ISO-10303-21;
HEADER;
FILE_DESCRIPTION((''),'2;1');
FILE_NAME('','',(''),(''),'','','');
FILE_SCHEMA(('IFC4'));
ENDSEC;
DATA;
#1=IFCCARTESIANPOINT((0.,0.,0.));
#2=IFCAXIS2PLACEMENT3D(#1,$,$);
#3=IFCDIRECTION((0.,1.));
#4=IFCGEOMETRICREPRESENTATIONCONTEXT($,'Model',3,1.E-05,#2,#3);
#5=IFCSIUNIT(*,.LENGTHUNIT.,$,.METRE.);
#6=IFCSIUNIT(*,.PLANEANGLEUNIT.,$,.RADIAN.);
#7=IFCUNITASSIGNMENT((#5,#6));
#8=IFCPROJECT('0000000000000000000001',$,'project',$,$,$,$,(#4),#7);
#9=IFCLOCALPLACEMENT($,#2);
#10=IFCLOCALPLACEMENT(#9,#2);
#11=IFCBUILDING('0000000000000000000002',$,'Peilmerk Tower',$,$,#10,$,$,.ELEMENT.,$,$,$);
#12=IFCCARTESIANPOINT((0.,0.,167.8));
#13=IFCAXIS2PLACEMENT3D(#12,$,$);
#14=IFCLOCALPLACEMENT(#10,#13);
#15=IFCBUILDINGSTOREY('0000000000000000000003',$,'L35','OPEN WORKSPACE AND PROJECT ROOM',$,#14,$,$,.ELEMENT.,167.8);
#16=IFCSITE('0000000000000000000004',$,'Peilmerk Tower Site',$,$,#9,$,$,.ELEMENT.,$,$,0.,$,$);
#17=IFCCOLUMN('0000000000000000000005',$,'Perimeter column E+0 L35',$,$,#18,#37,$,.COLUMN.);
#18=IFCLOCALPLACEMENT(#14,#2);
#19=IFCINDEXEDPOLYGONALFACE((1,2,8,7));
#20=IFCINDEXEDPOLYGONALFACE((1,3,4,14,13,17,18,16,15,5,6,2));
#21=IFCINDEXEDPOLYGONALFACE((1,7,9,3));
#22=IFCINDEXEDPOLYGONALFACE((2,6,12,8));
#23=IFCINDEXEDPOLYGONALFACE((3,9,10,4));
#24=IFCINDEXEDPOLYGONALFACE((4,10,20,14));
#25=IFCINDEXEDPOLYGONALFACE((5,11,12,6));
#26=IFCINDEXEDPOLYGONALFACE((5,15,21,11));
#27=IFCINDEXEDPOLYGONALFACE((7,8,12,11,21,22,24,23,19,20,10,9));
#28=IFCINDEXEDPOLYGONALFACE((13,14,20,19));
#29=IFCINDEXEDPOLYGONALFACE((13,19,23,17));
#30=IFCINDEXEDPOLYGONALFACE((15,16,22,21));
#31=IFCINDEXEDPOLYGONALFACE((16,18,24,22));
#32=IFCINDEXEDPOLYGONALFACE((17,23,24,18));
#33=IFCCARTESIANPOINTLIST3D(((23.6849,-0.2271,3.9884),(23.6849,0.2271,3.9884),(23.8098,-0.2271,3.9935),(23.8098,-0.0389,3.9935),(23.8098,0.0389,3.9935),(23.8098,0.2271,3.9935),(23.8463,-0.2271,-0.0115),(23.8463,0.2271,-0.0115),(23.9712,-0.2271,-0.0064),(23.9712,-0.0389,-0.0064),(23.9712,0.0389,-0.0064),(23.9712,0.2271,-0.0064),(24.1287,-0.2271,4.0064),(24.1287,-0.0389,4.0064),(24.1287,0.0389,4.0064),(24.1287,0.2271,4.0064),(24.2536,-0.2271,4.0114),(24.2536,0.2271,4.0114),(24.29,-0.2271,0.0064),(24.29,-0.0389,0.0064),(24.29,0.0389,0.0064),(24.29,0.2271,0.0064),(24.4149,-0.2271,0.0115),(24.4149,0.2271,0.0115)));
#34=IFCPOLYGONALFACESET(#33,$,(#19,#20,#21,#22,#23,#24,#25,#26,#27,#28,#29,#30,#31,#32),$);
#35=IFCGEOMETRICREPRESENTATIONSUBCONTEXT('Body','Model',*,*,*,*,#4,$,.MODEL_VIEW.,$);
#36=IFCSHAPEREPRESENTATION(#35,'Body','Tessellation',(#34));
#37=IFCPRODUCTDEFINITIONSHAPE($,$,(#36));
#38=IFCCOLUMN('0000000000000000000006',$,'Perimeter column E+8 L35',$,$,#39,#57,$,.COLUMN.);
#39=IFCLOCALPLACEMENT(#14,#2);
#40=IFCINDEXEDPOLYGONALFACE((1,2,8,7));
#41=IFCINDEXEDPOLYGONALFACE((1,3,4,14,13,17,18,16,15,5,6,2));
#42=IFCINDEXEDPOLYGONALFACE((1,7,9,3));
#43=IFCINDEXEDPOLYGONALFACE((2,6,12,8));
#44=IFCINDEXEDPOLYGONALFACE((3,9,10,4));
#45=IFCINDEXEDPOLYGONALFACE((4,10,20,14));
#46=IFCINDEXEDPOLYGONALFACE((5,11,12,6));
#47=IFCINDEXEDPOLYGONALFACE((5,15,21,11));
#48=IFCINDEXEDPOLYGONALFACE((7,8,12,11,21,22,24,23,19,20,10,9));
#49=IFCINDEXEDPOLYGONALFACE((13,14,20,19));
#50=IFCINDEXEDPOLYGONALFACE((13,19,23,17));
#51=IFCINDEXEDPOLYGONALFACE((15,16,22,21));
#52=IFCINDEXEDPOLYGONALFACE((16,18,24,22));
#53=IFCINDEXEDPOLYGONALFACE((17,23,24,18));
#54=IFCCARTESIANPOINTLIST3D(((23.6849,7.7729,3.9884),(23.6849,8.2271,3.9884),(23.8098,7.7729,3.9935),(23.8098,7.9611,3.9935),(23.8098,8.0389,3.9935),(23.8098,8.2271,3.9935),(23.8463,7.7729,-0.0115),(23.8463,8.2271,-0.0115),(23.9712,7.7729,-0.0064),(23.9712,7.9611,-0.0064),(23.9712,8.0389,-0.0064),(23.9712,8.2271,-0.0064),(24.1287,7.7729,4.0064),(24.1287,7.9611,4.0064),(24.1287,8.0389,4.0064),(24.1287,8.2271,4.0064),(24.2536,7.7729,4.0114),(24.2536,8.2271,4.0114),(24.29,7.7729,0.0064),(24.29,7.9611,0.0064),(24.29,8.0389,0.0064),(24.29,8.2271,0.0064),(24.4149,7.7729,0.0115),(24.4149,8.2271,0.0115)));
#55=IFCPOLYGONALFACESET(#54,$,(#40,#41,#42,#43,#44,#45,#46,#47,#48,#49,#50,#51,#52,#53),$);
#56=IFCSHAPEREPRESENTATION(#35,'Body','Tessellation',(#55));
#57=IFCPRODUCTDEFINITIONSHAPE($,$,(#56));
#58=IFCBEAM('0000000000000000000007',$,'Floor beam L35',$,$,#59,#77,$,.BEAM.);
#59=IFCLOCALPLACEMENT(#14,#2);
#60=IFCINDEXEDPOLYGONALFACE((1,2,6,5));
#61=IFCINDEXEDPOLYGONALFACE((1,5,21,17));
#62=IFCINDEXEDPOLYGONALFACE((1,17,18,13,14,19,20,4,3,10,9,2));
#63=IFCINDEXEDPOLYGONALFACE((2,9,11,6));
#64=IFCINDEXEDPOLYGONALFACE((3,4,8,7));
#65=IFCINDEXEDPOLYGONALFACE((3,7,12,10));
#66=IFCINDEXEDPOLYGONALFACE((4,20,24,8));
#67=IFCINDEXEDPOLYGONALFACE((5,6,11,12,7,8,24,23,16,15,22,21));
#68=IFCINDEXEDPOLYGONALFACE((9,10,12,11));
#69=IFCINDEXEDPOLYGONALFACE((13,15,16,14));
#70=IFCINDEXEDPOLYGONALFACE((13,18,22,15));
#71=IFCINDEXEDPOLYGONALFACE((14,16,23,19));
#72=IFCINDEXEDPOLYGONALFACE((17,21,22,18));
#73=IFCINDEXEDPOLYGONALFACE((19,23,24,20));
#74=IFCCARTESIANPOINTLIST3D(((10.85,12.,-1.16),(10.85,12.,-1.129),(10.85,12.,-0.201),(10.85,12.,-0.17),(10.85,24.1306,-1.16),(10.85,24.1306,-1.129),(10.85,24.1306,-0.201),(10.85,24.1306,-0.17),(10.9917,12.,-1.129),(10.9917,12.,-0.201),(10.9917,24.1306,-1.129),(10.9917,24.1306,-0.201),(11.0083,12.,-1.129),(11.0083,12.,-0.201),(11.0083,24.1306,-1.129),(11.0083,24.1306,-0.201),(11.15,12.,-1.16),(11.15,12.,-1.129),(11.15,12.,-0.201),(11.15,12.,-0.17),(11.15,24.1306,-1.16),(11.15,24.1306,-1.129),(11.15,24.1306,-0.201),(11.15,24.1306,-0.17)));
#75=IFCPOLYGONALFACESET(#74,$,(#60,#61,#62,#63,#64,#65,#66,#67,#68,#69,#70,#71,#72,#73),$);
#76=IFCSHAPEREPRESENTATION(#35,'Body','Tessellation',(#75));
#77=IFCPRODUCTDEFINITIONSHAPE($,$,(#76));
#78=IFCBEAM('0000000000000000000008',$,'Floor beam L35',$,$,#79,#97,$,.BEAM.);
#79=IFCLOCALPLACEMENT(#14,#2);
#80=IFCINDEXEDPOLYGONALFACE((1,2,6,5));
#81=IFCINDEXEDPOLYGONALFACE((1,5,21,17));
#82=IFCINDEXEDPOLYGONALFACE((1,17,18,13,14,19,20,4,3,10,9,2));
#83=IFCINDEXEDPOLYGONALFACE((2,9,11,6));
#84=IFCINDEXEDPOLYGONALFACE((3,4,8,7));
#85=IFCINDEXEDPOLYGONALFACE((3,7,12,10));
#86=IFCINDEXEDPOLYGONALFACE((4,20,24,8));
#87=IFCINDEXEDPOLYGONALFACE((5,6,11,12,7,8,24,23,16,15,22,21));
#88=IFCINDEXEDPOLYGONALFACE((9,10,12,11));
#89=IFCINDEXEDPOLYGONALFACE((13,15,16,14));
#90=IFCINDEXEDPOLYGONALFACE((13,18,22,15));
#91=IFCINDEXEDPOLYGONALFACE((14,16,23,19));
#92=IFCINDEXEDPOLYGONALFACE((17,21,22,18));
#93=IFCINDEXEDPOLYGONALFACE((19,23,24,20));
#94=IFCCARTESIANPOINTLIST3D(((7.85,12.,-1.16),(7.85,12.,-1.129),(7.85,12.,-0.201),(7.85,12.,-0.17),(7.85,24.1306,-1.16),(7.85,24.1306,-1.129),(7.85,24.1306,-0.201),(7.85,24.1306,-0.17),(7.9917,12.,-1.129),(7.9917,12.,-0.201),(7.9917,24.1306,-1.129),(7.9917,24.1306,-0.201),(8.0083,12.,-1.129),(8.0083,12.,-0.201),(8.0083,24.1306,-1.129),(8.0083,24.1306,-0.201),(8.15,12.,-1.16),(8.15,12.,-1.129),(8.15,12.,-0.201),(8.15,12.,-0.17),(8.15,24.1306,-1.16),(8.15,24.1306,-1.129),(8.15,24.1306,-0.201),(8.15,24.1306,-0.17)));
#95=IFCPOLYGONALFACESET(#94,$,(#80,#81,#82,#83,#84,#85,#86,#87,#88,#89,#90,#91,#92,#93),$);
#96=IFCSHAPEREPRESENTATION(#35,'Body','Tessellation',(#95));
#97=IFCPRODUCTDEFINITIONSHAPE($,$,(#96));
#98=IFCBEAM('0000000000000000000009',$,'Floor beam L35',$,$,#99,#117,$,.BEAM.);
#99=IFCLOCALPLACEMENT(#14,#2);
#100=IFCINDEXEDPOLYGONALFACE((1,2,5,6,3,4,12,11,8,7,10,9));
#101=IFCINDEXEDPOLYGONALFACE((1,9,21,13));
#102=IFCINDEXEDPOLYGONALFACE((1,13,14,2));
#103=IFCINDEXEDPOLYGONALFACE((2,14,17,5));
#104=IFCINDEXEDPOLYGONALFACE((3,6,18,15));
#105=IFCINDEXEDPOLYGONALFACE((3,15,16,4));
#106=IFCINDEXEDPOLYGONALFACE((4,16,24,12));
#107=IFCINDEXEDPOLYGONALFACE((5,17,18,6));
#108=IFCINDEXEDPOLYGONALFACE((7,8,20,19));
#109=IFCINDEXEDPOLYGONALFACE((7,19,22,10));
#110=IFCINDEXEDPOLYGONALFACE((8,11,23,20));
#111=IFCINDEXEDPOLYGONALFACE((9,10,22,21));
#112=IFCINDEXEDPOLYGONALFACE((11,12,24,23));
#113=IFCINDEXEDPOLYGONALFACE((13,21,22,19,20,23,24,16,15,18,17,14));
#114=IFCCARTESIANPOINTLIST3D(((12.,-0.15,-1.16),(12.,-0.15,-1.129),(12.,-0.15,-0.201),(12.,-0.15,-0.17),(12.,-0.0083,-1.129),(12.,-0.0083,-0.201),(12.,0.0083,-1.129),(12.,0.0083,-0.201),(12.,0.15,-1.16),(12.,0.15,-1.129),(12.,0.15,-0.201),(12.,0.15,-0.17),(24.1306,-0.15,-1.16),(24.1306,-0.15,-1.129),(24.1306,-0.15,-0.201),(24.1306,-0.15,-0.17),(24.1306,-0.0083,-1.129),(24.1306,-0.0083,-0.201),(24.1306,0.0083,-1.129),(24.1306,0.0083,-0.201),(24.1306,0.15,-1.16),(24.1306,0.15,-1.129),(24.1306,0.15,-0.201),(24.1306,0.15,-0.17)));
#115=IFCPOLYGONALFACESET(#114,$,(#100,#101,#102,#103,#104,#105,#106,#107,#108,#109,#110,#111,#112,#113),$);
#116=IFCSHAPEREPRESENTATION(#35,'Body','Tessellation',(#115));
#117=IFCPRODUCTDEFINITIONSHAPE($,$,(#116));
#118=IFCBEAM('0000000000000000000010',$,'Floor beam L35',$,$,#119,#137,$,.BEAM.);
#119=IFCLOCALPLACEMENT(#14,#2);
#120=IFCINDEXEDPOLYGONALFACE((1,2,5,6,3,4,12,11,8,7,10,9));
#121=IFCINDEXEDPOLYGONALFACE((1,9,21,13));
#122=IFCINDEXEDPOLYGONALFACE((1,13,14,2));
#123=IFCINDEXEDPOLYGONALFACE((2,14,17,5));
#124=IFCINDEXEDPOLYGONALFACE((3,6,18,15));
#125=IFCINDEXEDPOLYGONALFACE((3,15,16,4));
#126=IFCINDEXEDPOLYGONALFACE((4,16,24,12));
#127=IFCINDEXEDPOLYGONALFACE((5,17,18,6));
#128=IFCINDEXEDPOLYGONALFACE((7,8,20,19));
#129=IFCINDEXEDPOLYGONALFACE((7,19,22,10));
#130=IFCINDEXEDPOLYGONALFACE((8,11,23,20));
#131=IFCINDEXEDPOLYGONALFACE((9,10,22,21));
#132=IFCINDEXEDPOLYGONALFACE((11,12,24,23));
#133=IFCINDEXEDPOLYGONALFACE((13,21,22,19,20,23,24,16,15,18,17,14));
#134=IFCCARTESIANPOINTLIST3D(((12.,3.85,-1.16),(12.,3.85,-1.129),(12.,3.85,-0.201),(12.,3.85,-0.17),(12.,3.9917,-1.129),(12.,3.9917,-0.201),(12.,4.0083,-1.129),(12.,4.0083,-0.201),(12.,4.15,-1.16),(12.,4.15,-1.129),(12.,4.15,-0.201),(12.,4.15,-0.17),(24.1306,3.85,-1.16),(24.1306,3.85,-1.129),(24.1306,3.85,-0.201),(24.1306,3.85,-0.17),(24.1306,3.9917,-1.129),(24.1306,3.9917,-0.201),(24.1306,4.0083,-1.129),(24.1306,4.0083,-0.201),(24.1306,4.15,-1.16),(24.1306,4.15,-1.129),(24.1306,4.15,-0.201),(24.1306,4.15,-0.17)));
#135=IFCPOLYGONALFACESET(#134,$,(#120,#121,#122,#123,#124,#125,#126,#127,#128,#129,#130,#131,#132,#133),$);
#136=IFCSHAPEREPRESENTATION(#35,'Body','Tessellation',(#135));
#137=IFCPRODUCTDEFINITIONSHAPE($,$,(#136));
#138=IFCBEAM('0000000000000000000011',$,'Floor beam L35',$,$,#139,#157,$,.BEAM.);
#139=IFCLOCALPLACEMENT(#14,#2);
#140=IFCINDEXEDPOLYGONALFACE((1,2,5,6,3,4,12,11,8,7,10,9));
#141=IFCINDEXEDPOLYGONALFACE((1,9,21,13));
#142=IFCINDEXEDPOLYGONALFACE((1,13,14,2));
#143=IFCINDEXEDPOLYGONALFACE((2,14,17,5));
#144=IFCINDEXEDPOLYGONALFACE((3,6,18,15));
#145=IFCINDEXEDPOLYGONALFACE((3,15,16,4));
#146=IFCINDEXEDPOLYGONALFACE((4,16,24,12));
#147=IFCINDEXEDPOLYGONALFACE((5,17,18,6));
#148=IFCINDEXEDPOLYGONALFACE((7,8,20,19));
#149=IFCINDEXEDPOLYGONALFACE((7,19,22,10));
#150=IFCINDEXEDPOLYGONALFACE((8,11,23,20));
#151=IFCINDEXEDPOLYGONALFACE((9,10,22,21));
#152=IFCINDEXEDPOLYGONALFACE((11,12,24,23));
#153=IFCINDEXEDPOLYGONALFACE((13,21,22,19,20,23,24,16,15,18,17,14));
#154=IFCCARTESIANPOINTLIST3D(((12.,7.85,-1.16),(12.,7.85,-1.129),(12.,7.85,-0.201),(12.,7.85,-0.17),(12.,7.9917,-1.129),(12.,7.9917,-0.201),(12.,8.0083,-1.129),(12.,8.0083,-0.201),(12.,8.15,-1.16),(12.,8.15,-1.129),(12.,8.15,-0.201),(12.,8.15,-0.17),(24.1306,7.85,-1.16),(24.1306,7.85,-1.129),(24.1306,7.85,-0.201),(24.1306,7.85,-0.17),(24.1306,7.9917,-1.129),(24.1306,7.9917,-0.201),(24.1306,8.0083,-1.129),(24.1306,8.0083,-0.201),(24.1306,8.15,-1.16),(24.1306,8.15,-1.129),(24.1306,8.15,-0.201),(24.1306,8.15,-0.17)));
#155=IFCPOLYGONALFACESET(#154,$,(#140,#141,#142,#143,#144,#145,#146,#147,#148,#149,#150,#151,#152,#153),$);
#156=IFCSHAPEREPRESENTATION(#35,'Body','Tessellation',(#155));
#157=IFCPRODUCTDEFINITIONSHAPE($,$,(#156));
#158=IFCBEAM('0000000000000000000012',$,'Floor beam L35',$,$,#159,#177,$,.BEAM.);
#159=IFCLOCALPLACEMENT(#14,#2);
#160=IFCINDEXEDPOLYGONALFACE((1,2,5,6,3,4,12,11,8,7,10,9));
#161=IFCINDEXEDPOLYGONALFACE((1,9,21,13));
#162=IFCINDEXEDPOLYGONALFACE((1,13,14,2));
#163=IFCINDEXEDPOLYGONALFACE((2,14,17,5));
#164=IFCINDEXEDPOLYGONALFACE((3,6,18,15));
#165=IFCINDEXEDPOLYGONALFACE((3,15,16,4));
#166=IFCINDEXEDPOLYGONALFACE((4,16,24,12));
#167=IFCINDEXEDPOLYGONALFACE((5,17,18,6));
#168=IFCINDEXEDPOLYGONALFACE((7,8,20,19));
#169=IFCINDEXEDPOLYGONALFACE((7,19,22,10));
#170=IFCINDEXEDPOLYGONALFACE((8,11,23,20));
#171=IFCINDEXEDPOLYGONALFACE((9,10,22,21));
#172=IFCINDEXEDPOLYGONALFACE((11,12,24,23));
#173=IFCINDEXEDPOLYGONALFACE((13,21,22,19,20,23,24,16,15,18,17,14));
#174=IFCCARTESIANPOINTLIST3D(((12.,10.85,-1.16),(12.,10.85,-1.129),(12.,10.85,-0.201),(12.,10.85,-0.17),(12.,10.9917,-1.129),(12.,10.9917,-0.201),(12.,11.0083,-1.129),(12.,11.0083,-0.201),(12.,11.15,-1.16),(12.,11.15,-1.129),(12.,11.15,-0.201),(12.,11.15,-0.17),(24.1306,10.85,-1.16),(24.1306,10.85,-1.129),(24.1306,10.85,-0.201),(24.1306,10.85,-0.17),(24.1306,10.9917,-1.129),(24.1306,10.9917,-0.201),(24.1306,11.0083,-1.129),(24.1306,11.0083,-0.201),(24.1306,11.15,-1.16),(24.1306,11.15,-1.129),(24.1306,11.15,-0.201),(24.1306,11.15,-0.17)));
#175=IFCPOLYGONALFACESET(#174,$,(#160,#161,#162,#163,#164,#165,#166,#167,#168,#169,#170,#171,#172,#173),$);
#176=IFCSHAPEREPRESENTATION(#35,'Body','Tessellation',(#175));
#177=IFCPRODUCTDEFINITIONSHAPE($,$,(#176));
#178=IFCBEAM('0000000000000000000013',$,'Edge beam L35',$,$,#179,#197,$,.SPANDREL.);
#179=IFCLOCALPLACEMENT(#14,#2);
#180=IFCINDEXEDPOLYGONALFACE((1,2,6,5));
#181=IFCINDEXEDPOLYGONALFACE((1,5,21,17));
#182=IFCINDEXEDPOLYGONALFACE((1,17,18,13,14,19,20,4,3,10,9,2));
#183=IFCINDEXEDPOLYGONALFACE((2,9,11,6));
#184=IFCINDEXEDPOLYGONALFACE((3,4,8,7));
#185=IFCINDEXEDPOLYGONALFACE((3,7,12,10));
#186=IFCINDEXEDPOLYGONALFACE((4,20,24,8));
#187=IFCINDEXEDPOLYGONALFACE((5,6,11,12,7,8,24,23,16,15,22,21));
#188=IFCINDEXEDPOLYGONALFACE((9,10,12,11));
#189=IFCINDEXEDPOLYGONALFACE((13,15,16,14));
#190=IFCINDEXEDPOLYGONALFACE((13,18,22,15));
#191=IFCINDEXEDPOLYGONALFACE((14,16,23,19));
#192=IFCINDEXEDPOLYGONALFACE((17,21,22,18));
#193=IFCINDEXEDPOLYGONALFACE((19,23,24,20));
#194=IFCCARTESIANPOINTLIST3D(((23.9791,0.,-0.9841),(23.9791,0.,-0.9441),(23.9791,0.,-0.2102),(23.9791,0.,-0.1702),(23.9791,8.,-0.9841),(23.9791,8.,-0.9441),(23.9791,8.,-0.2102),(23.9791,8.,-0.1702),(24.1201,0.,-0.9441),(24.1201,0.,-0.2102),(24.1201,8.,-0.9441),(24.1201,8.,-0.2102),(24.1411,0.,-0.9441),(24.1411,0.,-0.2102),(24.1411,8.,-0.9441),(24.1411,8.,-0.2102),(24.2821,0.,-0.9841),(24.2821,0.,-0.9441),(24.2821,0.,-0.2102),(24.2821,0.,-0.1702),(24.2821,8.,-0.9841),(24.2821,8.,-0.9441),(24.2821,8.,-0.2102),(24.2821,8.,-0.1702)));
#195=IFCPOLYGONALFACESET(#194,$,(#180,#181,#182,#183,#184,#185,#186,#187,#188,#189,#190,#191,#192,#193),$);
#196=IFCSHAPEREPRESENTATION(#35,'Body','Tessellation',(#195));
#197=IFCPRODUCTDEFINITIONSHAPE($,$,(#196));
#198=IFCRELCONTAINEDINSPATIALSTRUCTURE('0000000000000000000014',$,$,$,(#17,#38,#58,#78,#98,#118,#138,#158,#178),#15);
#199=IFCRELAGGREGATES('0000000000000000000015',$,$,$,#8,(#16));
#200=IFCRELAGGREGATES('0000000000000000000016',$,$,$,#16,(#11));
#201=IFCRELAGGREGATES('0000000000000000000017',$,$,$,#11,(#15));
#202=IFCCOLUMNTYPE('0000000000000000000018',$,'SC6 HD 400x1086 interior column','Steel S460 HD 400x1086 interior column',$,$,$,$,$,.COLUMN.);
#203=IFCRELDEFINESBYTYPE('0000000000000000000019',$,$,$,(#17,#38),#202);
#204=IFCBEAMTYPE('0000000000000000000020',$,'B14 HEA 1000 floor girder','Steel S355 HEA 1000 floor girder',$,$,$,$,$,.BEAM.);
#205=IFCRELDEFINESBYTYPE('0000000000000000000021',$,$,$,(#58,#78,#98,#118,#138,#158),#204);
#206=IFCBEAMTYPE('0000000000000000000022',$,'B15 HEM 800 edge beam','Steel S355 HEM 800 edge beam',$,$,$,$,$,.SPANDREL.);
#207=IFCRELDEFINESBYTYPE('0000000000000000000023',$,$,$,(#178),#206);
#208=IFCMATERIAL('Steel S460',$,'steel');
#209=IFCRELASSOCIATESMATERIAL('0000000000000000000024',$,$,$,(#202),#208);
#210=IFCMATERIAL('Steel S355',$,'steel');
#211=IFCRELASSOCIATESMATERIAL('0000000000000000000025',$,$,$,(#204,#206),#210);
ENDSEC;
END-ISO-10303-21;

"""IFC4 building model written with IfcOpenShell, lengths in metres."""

from ifc_helpers import new_model, si_unit, direction, frame, origin, origin_2d, place, context, subcontext, project, spatial, i_section, extrude, material, material_profile, profile_set, type_object, element, save


model = new_model("IFC4")

# Units and contexts
model_context = context("Model", 3, precision=1e-05, world=origin(), true_north=direction((0.0, 1.0)))
body_context = subcontext(model_context, "Body", "Model", "MODEL_VIEW")
ifc_project = project(units=[si_unit("LENGTHUNIT", "METRE"), si_unit("PLANEANGLEUNIT", "RADIAN")], contexts=[model_context])

# Site, building, storey
site_placement = place(None, origin())
site = spatial("IfcSite", under=ifc_project, at=site_placement, Name="Peilmerk Tower Site", CompositionType="ELEMENT", RefElevation=0.0)
building_placement = place(site_placement, origin())
building = spatial("IfcBuilding", under=site, at=building_placement, Name="Peilmerk Tower", CompositionType="ELEMENT")
storey_placement = place(building_placement, frame((0.0, 0.0, 167.8)))
storey = spatial("IfcBuildingStorey", under=building, at=storey_placement, Name="L35", Description="OPEN WORKSPACE AND PROJECT ROOM", CompositionType="ELEMENT", Elevation=167.8)

# Columns
ifc_material_1 = material(Name="Steel S460", Category="steel")
ifc_material_profile_1 = material_profile(ifc_material_1, i_section(OverallWidth=0.4541, OverallDepth=0.5691, WebThickness=0.0779, FlangeThickness=0.125, at=origin_2d()), Name="HD 400x1086")
ifc_profile_set_1 = profile_set([ifc_material_profile_1], Name="Steel S460")
column_type = type_object("IfcColumnType", Name="SC6 HD 400x1086 interior column", Description="Steel S460 HD 400x1086 interior column", PredefinedType="COLUMN", material=ifc_profile_set_1)
for number, where, z_axis, x_axis, name in (
    (1, (24.1306, 0.0, 0.0), (-0.040311, 0.0, 0.999187), (0.0, -1.0, 0.0), "Perimeter column E+0 L35"),
    (2, (24.1306, 8.0, 0.0), (-0.040311, 0.0, 0.999187), (0.0, -1.0, 0.0), "Perimeter column E+8 L35"),
):
    element("IfcColumn", number, at=place(storey_placement, frame(where, z_axis=z_axis, x_axis=x_axis)), inside=storey, type_object=column_type, Name=name, PredefinedType="COLUMN", context=body_context, shape_type="SweptSolid", body=[
        extrude(i_section(OverallWidth=0.4541, OverallDepth=0.5691, WebThickness=0.0779, FlangeThickness=0.125, at=origin_2d()), origin(), (0.0, 0.0, 1.0), 4.0032),
    ])

# Beams
ifc_material_2 = material(Name="Steel S355", Category="steel")
ifc_material_profile_2 = material_profile(ifc_material_2, i_section(OverallWidth=0.3, OverallDepth=0.99, WebThickness=0.0166, FlangeThickness=0.031, at=origin_2d()), Name="HEA 1000")
ifc_profile_set_2 = profile_set([ifc_material_profile_2], Name="Steel S355")
beam_type_1 = type_object("IfcBeamType", Name="B14 HEA 1000 floor girder", Description="Steel S355 HEA 1000 floor girder", PredefinedType="BEAM", material=ifc_profile_set_2)
for number, where, z_axis, x_axis, name in (
    (3, (11.0, 12.0, -0.665), (0.0, 1.0, 0.0), (-1.0, 0.0, 0.0), "Floor beam L35"),
    (4, (8.0, 12.0, -0.665), (0.0, 1.0, 0.0), (-1.0, 0.0, 0.0), "Floor beam L35"),
    (5, (12.0, 0.0, -0.665), (1.0, 0.0, 0.0), (0.0, 1.0, 0.0), "Floor beam L35"),
    (6, (12.0, 4.0, -0.665), (1.0, 0.0, 0.0), (0.0, 1.0, 0.0), "Floor beam L35"),
    (7, (12.0, 8.0, -0.665), (1.0, 0.0, 0.0), (0.0, 1.0, 0.0), "Floor beam L35"),
    (8, (12.0, 11.0, -0.665), (1.0, 0.0, 0.0), (0.0, 1.0, 0.0), "Floor beam L35"),
):
    element("IfcBeam", number, at=place(storey_placement, frame(where, z_axis=z_axis, x_axis=x_axis)), inside=storey, type_object=beam_type_1, Name=name, PredefinedType="BEAM", context=body_context, shape_type="SweptSolid", body=[
        extrude(i_section(OverallWidth=0.3, OverallDepth=0.99, WebThickness=0.0166, FlangeThickness=0.031, at=origin_2d()), origin(), (0.0, 0.0, 1.0), 12.1306),
    ])
ifc_material_profile_3 = material_profile(ifc_material_2, i_section(OverallWidth=0.303, OverallDepth=0.814, WebThickness=0.021, FlangeThickness=0.04, at=origin_2d()), Name="HEM 800")
ifc_profile_set_3 = profile_set([ifc_material_profile_3], Name="Steel S355")
beam_type_2 = type_object("IfcBeamType", Name="B15 HEM 800 edge beam", Description="Steel S355 HEM 800 edge beam", PredefinedType="SPANDREL", material=ifc_profile_set_3)
for number, where, z_axis, x_axis, name in (
    (9, (24.1306, 0.0, -0.5771), (0.0, 1.0, 0.0), (-1.0, 0.0, 0.0), "Edge beam L35"),
):
    element("IfcBeam", number, at=place(storey_placement, frame(where, z_axis=z_axis, x_axis=x_axis)), inside=storey, type_object=beam_type_2, Name=name, PredefinedType="SPANDREL", context=body_context, shape_type="SweptSolid", body=[
        extrude(i_section(OverallWidth=0.303, OverallDepth=0.814, WebThickness=0.021, FlangeThickness=0.04, at=origin_2d()), origin(), (0.0, 0.0, 1.0), 8.0),
    ])

save(model, "model.ifc")
